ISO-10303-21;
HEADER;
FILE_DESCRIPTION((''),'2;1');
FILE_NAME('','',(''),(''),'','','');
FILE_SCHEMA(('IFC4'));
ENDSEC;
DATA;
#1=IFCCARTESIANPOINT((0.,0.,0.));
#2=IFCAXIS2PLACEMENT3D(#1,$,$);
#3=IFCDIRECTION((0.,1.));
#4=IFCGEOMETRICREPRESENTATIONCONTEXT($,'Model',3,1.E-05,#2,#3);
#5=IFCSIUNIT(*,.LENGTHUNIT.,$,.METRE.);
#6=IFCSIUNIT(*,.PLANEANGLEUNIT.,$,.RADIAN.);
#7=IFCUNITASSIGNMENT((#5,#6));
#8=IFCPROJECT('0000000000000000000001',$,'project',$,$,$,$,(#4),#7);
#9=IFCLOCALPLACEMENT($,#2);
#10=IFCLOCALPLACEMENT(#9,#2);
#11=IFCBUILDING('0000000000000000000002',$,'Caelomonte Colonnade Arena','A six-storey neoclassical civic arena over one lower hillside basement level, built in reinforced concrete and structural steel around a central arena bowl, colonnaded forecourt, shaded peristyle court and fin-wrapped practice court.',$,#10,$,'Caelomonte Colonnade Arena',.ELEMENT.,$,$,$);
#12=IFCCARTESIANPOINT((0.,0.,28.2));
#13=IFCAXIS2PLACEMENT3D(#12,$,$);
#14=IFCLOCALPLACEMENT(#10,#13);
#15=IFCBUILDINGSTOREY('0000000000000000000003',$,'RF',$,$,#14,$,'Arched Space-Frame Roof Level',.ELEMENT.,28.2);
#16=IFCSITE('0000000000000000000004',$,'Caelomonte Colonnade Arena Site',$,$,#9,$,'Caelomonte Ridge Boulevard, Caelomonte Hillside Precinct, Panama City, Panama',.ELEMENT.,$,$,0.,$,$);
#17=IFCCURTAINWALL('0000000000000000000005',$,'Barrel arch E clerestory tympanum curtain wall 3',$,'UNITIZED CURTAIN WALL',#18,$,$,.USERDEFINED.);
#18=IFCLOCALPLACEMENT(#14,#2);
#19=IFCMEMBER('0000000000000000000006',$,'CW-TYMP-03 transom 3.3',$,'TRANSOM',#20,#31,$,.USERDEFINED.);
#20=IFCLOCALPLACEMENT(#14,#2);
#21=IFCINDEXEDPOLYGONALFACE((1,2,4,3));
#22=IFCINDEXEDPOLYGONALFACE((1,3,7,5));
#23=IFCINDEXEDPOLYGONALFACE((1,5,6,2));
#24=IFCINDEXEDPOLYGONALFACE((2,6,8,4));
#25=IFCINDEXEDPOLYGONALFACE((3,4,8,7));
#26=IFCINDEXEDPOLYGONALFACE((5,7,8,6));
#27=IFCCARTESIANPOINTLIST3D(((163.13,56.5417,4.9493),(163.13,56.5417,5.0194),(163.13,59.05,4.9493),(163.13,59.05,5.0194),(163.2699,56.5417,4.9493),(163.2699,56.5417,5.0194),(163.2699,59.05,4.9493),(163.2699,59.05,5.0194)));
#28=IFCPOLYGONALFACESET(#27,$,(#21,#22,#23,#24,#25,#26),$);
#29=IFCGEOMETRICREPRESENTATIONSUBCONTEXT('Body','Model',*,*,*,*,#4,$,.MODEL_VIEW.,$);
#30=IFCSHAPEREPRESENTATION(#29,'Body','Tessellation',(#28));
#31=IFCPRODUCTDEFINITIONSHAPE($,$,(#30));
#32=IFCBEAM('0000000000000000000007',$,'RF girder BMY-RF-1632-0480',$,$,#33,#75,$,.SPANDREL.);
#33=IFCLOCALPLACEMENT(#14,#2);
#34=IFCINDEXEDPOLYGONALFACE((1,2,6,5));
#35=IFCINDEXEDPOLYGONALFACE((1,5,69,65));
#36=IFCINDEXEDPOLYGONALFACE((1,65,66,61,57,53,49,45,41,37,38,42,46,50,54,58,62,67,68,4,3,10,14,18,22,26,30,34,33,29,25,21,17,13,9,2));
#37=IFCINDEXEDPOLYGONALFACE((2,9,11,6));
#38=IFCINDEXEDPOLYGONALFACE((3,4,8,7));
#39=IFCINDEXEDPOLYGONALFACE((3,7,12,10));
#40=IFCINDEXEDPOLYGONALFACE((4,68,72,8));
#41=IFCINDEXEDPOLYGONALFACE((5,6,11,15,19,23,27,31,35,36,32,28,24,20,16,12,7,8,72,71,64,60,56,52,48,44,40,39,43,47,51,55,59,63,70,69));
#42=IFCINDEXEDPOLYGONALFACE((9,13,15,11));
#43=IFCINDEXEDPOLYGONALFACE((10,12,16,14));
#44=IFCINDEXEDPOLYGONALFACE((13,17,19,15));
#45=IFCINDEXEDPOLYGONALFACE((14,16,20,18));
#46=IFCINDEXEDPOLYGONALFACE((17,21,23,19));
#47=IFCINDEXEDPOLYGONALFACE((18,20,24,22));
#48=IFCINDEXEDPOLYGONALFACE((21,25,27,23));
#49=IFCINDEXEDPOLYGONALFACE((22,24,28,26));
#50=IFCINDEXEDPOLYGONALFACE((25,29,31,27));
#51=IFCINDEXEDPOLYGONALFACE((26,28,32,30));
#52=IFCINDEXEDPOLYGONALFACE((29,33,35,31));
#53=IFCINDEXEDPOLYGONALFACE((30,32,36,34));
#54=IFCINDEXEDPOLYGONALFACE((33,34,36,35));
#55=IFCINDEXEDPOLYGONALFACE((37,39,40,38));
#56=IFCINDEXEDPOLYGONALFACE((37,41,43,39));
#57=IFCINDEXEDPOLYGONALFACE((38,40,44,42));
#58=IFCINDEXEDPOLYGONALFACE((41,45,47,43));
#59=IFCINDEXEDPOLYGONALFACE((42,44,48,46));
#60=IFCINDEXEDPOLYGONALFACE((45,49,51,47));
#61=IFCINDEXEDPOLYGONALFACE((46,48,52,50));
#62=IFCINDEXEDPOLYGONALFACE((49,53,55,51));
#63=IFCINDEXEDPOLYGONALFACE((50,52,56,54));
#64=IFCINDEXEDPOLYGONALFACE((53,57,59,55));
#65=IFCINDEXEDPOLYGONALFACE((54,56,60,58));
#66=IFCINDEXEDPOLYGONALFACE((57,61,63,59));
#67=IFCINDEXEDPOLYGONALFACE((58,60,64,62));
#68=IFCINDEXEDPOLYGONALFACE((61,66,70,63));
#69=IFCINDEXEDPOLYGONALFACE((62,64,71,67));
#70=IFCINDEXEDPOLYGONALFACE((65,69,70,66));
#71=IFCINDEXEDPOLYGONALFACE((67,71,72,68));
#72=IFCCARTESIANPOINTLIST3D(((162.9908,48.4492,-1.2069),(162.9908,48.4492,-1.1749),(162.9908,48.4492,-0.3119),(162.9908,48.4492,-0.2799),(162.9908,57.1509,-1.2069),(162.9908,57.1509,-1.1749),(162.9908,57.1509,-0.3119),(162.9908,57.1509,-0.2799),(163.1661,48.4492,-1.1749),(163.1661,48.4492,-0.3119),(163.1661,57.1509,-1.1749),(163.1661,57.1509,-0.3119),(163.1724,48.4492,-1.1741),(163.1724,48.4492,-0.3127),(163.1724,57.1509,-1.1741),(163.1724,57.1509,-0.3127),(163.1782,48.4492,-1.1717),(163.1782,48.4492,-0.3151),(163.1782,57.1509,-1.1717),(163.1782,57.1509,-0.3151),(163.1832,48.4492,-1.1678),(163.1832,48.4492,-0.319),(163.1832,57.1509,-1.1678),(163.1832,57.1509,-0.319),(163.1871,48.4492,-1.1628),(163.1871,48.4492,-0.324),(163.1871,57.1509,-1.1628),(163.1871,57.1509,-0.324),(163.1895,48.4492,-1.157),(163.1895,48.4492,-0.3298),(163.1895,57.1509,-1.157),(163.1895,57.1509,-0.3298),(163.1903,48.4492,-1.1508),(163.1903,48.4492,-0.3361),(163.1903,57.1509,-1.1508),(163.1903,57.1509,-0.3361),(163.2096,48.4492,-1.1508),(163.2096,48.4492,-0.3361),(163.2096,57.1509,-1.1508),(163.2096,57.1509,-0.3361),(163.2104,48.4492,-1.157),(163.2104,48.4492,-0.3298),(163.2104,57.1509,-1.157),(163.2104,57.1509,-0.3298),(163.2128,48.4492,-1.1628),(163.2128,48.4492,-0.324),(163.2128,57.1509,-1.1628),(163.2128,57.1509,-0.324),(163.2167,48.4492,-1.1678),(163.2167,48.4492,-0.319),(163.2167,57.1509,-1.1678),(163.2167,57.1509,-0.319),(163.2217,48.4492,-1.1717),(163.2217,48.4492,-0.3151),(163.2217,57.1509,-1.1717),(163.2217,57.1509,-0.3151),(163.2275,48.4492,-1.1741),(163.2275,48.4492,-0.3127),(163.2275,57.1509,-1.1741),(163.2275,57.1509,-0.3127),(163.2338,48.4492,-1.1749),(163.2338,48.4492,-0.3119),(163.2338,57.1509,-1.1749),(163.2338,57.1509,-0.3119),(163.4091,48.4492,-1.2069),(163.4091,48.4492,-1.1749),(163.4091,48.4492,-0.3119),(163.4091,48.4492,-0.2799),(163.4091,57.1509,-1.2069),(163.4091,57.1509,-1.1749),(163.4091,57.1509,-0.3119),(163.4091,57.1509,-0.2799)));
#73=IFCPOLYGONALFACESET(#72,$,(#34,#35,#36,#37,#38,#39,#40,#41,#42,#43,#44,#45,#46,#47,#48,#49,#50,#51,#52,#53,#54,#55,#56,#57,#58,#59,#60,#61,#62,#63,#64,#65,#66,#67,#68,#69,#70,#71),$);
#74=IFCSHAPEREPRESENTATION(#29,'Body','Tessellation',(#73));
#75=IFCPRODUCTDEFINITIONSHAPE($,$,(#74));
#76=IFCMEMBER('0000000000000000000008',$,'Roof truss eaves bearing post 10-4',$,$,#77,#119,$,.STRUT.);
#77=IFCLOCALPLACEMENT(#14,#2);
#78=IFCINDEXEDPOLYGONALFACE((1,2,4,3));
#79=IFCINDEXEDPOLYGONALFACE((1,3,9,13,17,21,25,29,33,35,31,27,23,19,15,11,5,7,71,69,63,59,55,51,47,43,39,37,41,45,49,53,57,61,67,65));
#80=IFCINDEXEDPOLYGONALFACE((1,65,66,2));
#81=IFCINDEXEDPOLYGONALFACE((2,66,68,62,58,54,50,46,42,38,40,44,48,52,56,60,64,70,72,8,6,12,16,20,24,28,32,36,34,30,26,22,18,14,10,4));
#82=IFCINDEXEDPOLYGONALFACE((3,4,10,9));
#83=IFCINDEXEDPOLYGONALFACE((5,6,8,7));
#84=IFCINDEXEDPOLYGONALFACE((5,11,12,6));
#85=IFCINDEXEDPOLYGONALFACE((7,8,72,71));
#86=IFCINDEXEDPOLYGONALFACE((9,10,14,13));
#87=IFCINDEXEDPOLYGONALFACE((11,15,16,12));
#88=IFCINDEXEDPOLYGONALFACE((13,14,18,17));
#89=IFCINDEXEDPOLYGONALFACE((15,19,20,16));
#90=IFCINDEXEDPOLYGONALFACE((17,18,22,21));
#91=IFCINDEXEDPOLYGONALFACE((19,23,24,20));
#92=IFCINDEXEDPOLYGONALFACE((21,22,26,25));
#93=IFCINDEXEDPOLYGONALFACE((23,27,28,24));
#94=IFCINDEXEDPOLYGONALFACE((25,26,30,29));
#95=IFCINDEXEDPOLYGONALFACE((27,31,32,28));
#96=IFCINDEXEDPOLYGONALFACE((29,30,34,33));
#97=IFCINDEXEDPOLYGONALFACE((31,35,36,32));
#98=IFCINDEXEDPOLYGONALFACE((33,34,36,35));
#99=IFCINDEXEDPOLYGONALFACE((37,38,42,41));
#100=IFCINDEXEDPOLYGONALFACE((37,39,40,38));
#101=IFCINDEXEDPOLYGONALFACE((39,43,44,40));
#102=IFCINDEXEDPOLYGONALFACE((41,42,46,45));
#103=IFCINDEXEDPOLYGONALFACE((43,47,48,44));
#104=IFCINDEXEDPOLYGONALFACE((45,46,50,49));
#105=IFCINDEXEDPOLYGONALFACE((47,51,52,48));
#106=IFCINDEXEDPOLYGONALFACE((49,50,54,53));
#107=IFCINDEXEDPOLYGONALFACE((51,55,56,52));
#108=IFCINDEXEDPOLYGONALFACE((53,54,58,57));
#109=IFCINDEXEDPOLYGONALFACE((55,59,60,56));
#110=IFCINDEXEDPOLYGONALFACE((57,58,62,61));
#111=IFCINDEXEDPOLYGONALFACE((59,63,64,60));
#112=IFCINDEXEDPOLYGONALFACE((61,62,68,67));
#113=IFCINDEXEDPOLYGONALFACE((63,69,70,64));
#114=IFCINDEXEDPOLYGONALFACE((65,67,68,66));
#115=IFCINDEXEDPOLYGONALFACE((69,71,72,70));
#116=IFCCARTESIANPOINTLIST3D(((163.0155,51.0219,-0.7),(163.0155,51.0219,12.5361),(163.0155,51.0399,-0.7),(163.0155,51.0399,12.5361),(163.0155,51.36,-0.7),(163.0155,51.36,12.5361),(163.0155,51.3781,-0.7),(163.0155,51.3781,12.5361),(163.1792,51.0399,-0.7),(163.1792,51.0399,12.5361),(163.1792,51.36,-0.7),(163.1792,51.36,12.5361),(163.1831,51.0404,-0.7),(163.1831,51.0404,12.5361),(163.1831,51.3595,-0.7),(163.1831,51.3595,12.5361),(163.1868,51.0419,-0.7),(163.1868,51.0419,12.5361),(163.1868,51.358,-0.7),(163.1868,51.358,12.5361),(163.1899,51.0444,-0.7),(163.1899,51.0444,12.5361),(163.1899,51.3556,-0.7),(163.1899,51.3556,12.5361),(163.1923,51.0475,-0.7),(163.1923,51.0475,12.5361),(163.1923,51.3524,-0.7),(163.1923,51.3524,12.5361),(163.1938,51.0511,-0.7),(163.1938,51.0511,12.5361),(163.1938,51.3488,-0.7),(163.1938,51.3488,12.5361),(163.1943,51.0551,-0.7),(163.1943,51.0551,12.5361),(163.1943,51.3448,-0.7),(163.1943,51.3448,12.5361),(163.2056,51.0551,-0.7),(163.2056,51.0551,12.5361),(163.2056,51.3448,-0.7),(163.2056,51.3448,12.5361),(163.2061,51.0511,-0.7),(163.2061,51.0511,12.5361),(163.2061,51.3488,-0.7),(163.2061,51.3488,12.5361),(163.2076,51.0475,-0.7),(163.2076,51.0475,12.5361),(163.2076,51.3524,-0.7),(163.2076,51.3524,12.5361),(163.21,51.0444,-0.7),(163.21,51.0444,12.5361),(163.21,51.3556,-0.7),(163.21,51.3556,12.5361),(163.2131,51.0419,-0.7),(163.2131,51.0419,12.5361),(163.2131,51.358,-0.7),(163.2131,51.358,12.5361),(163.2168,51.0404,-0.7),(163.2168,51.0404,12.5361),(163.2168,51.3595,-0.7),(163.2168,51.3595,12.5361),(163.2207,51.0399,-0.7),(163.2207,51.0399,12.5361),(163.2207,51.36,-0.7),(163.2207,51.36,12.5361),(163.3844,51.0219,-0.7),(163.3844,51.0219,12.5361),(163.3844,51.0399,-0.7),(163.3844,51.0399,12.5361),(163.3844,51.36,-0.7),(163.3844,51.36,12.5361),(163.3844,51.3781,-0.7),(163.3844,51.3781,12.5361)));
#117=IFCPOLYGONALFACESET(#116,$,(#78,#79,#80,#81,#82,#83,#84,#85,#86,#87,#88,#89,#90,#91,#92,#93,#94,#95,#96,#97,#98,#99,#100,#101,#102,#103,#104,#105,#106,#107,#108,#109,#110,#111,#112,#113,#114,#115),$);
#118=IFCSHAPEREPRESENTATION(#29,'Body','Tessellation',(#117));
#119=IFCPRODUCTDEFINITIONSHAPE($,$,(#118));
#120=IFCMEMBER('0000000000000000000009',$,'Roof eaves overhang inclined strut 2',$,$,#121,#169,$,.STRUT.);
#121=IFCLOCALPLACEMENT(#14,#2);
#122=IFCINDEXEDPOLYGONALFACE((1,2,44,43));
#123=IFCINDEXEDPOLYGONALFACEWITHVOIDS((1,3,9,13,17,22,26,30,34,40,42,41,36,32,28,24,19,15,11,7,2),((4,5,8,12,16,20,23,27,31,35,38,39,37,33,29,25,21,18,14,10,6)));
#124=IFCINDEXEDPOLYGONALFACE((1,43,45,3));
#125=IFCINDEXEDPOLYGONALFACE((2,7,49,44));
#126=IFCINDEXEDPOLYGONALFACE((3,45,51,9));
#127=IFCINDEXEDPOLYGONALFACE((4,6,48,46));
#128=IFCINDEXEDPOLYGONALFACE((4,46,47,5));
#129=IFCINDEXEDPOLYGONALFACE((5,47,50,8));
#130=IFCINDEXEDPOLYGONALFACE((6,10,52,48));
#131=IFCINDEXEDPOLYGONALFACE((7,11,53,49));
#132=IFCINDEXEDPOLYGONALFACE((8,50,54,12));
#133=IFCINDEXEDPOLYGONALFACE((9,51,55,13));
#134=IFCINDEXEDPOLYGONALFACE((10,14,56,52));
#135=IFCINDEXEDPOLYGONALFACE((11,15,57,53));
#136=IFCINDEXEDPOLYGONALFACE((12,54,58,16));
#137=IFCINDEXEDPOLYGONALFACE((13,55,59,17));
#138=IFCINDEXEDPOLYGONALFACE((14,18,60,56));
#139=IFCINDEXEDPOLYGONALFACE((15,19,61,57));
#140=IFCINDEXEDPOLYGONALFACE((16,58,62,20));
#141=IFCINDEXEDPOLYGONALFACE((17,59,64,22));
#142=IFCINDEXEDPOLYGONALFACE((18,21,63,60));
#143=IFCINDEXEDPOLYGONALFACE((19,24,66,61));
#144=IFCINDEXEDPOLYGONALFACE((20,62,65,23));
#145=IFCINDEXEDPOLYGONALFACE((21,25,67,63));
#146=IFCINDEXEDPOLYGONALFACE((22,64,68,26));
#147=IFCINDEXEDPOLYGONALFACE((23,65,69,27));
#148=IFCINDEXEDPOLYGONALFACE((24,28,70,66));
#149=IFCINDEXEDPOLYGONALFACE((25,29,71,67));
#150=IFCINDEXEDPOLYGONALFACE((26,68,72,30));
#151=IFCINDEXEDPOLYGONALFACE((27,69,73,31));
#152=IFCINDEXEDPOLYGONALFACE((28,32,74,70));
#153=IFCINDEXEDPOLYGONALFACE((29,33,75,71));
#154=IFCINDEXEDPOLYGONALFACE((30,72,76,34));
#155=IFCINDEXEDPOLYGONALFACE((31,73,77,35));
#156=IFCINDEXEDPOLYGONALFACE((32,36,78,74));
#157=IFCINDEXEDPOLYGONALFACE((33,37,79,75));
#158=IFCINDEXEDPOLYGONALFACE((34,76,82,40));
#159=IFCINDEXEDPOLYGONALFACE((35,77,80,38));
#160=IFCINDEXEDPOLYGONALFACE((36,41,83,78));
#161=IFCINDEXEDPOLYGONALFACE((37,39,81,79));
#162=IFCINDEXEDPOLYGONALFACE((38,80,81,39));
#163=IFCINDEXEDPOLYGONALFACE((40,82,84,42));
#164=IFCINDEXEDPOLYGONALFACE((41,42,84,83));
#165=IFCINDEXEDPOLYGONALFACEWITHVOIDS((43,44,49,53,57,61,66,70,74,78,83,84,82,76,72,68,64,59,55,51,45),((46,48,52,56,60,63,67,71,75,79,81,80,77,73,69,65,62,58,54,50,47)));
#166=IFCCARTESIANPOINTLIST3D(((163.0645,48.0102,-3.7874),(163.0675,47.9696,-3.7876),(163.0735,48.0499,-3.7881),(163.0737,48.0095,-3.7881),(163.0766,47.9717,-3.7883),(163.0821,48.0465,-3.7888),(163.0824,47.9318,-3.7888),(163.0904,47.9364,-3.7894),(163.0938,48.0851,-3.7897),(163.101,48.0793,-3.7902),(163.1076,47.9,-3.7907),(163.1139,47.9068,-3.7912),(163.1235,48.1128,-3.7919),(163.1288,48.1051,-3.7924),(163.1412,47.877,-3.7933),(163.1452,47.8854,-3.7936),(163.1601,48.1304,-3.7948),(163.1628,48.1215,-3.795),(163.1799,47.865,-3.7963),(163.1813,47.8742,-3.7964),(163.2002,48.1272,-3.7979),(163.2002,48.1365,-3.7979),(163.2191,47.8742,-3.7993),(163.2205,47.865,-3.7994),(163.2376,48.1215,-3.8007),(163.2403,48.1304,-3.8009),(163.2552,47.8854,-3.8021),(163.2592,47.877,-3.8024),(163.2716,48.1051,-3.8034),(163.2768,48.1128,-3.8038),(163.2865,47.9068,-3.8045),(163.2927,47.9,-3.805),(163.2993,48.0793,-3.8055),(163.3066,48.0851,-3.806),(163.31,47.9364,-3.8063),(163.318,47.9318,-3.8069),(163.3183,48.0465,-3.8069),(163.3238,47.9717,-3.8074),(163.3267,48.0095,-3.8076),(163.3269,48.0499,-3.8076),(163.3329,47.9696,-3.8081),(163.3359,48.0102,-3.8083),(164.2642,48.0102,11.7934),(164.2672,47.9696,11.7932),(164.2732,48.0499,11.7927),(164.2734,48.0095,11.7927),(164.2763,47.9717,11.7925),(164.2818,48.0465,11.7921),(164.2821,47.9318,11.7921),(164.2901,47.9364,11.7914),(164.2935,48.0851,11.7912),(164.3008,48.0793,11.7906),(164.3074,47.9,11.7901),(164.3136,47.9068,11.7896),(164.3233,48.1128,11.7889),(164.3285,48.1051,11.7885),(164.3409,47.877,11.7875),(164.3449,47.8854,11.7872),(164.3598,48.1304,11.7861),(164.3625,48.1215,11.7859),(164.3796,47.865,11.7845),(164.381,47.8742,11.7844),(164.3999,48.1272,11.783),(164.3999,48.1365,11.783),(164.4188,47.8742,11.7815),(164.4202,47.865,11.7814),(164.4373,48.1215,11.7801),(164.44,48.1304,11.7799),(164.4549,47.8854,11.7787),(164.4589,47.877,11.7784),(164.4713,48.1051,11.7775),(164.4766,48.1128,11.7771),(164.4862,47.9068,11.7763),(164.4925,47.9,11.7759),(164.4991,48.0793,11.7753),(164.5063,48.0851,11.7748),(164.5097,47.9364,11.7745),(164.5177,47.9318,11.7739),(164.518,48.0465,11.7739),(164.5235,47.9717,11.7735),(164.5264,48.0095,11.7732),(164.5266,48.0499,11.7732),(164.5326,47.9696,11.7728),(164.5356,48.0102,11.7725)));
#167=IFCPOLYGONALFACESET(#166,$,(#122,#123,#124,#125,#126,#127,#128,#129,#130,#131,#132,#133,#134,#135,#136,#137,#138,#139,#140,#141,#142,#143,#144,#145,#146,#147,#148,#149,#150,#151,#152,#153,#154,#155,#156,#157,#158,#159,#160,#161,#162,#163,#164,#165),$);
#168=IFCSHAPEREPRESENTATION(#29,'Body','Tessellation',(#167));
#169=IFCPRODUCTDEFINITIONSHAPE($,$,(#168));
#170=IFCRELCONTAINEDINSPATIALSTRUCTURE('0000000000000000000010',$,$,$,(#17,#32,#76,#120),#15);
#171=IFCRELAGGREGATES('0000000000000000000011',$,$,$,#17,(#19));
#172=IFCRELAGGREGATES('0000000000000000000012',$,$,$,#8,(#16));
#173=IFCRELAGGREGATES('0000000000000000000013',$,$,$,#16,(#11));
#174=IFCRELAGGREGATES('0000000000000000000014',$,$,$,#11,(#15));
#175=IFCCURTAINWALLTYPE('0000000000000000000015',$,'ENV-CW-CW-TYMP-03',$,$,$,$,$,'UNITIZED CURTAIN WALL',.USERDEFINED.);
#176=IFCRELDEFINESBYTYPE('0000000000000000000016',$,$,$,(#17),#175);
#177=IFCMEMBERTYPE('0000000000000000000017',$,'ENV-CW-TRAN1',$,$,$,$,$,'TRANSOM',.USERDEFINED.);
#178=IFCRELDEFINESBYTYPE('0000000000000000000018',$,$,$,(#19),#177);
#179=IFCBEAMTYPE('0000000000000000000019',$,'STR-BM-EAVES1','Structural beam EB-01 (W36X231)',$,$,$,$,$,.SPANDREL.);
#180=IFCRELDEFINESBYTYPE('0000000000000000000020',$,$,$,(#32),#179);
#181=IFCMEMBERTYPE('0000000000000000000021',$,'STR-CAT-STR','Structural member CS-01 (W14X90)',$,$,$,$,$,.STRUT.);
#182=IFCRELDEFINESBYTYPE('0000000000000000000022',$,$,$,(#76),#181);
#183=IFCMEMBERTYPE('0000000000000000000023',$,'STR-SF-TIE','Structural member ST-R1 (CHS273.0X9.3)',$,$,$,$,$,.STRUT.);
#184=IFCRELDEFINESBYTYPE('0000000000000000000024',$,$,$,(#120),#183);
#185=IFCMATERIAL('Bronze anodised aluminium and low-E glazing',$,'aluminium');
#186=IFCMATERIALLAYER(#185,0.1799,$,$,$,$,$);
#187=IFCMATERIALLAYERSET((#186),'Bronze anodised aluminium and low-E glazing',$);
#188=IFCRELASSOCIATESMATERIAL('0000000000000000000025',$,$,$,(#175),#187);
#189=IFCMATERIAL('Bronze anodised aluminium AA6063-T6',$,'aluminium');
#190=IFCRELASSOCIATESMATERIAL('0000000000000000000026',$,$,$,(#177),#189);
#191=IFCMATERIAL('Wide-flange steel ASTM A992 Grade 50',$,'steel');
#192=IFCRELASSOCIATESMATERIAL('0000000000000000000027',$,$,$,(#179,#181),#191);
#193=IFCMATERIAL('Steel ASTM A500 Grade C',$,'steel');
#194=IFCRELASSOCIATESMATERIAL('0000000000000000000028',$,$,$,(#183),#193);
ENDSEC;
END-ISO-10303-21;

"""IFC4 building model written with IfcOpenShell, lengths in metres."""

from ifc_helpers import new_model, si_unit, direction, frame, origin, origin_2d, place, context, subcontext, project, spatial, rectangle, hollow_circle, i_section, extrude, material, layer, layer_set, material_profile, profile_set, type_object, element, aggregate, save


model = new_model("IFC4")

# Units and contexts
model_context = context("Model", 3, precision=1e-05, world=origin(), true_north=direction((0.0, 1.0)))
body_context = subcontext(model_context, "Body", "Model", "MODEL_VIEW")
ifc_project = project(units=[si_unit("LENGTHUNIT", "METRE"), si_unit("PLANEANGLEUNIT", "RADIAN")], contexts=[model_context])

# Site, building, storey
site_placement = place(None, origin())
site = spatial("IfcSite", under=ifc_project, at=site_placement, Name="Caelomonte Colonnade Arena Site", LongName="Caelomonte Ridge Boulevard, Caelomonte Hillside Precinct, Panama City, Panama", CompositionType="ELEMENT", RefElevation=0.0)
building_placement = place(site_placement, origin())
building = spatial("IfcBuilding", under=site, at=building_placement, Name="Caelomonte Colonnade Arena", Description="A six-storey neoclassical civic arena over one lower hillside basement level, built in reinforced concrete and structural steel around a central arena bowl, colonnaded forecourt, shaded peristyle court and fin-wrapped practice court.", LongName="Caelomonte Colonnade Arena", CompositionType="ELEMENT")
storey_placement = place(building_placement, frame((0.0, 0.0, 28.2)))
storey = spatial("IfcBuildingStorey", under=building, at=storey_placement, Name="RF", LongName="Arched Space-Frame Roof Level", CompositionType="ELEMENT", Elevation=28.2)

# Curtain wall
ifc_material_1 = material(Name="Bronze anodised aluminium and low-E glazing", Category="aluminium")
ifc_material_2 = material(Name="Bronze anodised aluminium AA6063-T6", Category="aluminium")
ifc_layer_1 = layer(ifc_material_1, 0.1799)
ifc_layer_set_1 = layer_set([ifc_layer_1], Name="Bronze anodised aluminium and low-E glazing")
curtain_wall_type_1 = type_object("IfcCurtainWallType", Name="ENV-CW-CW-TYMP-03", ElementType="UNITIZED CURTAIN WALL", PredefinedType="USERDEFINED", material=ifc_layer_set_1)
curtain_wall_1_placement = place(storey_placement, origin())
curtain_wall_1 = element("IfcCurtainWall", 1, at=curtain_wall_1_placement, inside=storey, type_object=curtain_wall_type_1, Name="Barrel arch E clerestory tympanum curtain wall 3", ObjectType="UNITIZED CURTAIN WALL", PredefinedType="USERDEFINED")

# Member
ifc_material_profile_1 = material_profile(ifc_material_2, rectangle(XDim=0.0701, YDim=0.1399, at=origin_2d()), Name="CWT-70X140")
ifc_profile_set_1 = profile_set([ifc_material_profile_1], Name="Bronze anodised aluminium AA6063-T6")
member_type_1 = type_object("IfcMemberType", Name="ENV-CW-TRAN1", ElementType="TRANSOM", PredefinedType="USERDEFINED", material=ifc_profile_set_1)
member_1_placement = place(storey_placement, frame((163.2, 56.5417, 4.9844), z_axis=(0.0, 1.0, 0.0), x_axis=(0.0, 0.0, 1.0)))
member_1 = element("IfcMember", 2, at=member_1_placement, type_object=member_type_1, Name="CW-TYMP-03 transom 3.3", ObjectType="TRANSOM", PredefinedType="USERDEFINED", context=body_context, shape_type="SweptSolid", body=[
    extrude(rectangle(XDim=0.0701, YDim=0.1399, at=origin_2d()), origin(), (0.0, 0.0, 1.0), 2.5083),
])

# Beam
ifc_material_3 = material(Name="Wide-flange steel ASTM A992 Grade 50", Category="steel")
ifc_material_profile_2 = material_profile(ifc_material_3, i_section(OverallWidth=0.4182, OverallDepth=0.927, WebThickness=0.0193, FlangeThickness=0.032, FilletRadius=0.0242, at=origin_2d()), Name="W36X231")
ifc_profile_set_2 = profile_set([ifc_material_profile_2], Name="Wide-flange steel ASTM A992 Grade 50")
beam_type = type_object("IfcBeamType", Name="STR-BM-EAVES1", Description="Structural beam EB-01 (W36X231)", PredefinedType="SPANDREL", material=ifc_profile_set_2)
beam_placement = place(storey_placement, frame((163.2, 48.4492, -0.7434), z_axis=(0.0, 1.0, 0.0), x_axis=(-1.0, 0.0, 0.0)))
element("IfcBeam", 3, at=beam_placement, inside=storey, type_object=beam_type, Name="RF girder BMY-RF-1632-0480", PredefinedType="SPANDREL", context=body_context, shape_type="SweptSolid", body=[
    extrude(i_section(OverallWidth=0.4182, OverallDepth=0.927, WebThickness=0.0193, FlangeThickness=0.032, FilletRadius=0.0242, at=origin_2d()), origin(), (0.0, 0.0, 1.0), 8.7017),
])

# Members
ifc_material_profile_3 = material_profile(ifc_material_3, i_section(OverallWidth=0.3689, OverallDepth=0.3562, WebThickness=0.0112, FlangeThickness=0.0181, FilletRadius=0.0151, at=origin_2d()), Name="W14X90")
ifc_profile_set_3 = profile_set([ifc_material_profile_3], Name="Wide-flange steel ASTM A992 Grade 50")
member_type_2 = type_object("IfcMemberType", Name="STR-CAT-STR", Description="Structural member CS-01 (W14X90)", PredefinedType="STRUT", material=ifc_profile_set_3)
member_2_placement = place(storey_placement, frame((163.2, 51.2, -0.7), z_axis=(0.0, 0.0, 1.0), x_axis=(1.0, 0.0, 0.0)))
element("IfcMember", 4, at=member_2_placement, inside=storey, type_object=member_type_2, Name="Roof truss eaves bearing post 10-4", PredefinedType="STRUT", context=body_context, shape_type="SweptSolid", body=[
    extrude(i_section(OverallWidth=0.3689, OverallDepth=0.3562, WebThickness=0.0112, FlangeThickness=0.0181, FilletRadius=0.0151, at=origin_2d()), origin(), (0.0, 0.0, 1.0), 13.2361),
])
ifc_material_4 = material(Name="Steel ASTM A500 Grade C", Category="steel")
ifc_material_profile_4 = material_profile(ifc_material_4, hollow_circle(Radius=0.1365, WallThickness=0.0093, at=origin_2d()), Name="CHS273.0X9.3")
ifc_profile_set_4 = profile_set([ifc_material_profile_4], Name="Steel ASTM A500 Grade C")
member_type_3 = type_object("IfcMemberType", Name="STR-SF-TIE", Description="Structural member ST-R1 (CHS273.0X9.3)", PredefinedType="STRUT", material=ifc_profile_set_4)
member_3_placement = place(storey_placement, frame((163.2002, 48.0, -3.7979), z_axis=(0.076772, 0.0, 0.997049), x_axis=(0.0, 1.0, 0.0)))
element("IfcMember", 5, at=member_3_placement, inside=storey, type_object=member_type_3, Name="Roof eaves overhang inclined strut 2", PredefinedType="STRUT", context=body_context, shape_type="SweptSolid", body=[
    extrude(hollow_circle(Radius=0.1365, WallThickness=0.0093, at=origin_2d()), origin(), (0.0, 0.0, 1.0), 15.627),
])

aggregate(curtain_wall_1, [member_1])

save(model, "model.ifc")
